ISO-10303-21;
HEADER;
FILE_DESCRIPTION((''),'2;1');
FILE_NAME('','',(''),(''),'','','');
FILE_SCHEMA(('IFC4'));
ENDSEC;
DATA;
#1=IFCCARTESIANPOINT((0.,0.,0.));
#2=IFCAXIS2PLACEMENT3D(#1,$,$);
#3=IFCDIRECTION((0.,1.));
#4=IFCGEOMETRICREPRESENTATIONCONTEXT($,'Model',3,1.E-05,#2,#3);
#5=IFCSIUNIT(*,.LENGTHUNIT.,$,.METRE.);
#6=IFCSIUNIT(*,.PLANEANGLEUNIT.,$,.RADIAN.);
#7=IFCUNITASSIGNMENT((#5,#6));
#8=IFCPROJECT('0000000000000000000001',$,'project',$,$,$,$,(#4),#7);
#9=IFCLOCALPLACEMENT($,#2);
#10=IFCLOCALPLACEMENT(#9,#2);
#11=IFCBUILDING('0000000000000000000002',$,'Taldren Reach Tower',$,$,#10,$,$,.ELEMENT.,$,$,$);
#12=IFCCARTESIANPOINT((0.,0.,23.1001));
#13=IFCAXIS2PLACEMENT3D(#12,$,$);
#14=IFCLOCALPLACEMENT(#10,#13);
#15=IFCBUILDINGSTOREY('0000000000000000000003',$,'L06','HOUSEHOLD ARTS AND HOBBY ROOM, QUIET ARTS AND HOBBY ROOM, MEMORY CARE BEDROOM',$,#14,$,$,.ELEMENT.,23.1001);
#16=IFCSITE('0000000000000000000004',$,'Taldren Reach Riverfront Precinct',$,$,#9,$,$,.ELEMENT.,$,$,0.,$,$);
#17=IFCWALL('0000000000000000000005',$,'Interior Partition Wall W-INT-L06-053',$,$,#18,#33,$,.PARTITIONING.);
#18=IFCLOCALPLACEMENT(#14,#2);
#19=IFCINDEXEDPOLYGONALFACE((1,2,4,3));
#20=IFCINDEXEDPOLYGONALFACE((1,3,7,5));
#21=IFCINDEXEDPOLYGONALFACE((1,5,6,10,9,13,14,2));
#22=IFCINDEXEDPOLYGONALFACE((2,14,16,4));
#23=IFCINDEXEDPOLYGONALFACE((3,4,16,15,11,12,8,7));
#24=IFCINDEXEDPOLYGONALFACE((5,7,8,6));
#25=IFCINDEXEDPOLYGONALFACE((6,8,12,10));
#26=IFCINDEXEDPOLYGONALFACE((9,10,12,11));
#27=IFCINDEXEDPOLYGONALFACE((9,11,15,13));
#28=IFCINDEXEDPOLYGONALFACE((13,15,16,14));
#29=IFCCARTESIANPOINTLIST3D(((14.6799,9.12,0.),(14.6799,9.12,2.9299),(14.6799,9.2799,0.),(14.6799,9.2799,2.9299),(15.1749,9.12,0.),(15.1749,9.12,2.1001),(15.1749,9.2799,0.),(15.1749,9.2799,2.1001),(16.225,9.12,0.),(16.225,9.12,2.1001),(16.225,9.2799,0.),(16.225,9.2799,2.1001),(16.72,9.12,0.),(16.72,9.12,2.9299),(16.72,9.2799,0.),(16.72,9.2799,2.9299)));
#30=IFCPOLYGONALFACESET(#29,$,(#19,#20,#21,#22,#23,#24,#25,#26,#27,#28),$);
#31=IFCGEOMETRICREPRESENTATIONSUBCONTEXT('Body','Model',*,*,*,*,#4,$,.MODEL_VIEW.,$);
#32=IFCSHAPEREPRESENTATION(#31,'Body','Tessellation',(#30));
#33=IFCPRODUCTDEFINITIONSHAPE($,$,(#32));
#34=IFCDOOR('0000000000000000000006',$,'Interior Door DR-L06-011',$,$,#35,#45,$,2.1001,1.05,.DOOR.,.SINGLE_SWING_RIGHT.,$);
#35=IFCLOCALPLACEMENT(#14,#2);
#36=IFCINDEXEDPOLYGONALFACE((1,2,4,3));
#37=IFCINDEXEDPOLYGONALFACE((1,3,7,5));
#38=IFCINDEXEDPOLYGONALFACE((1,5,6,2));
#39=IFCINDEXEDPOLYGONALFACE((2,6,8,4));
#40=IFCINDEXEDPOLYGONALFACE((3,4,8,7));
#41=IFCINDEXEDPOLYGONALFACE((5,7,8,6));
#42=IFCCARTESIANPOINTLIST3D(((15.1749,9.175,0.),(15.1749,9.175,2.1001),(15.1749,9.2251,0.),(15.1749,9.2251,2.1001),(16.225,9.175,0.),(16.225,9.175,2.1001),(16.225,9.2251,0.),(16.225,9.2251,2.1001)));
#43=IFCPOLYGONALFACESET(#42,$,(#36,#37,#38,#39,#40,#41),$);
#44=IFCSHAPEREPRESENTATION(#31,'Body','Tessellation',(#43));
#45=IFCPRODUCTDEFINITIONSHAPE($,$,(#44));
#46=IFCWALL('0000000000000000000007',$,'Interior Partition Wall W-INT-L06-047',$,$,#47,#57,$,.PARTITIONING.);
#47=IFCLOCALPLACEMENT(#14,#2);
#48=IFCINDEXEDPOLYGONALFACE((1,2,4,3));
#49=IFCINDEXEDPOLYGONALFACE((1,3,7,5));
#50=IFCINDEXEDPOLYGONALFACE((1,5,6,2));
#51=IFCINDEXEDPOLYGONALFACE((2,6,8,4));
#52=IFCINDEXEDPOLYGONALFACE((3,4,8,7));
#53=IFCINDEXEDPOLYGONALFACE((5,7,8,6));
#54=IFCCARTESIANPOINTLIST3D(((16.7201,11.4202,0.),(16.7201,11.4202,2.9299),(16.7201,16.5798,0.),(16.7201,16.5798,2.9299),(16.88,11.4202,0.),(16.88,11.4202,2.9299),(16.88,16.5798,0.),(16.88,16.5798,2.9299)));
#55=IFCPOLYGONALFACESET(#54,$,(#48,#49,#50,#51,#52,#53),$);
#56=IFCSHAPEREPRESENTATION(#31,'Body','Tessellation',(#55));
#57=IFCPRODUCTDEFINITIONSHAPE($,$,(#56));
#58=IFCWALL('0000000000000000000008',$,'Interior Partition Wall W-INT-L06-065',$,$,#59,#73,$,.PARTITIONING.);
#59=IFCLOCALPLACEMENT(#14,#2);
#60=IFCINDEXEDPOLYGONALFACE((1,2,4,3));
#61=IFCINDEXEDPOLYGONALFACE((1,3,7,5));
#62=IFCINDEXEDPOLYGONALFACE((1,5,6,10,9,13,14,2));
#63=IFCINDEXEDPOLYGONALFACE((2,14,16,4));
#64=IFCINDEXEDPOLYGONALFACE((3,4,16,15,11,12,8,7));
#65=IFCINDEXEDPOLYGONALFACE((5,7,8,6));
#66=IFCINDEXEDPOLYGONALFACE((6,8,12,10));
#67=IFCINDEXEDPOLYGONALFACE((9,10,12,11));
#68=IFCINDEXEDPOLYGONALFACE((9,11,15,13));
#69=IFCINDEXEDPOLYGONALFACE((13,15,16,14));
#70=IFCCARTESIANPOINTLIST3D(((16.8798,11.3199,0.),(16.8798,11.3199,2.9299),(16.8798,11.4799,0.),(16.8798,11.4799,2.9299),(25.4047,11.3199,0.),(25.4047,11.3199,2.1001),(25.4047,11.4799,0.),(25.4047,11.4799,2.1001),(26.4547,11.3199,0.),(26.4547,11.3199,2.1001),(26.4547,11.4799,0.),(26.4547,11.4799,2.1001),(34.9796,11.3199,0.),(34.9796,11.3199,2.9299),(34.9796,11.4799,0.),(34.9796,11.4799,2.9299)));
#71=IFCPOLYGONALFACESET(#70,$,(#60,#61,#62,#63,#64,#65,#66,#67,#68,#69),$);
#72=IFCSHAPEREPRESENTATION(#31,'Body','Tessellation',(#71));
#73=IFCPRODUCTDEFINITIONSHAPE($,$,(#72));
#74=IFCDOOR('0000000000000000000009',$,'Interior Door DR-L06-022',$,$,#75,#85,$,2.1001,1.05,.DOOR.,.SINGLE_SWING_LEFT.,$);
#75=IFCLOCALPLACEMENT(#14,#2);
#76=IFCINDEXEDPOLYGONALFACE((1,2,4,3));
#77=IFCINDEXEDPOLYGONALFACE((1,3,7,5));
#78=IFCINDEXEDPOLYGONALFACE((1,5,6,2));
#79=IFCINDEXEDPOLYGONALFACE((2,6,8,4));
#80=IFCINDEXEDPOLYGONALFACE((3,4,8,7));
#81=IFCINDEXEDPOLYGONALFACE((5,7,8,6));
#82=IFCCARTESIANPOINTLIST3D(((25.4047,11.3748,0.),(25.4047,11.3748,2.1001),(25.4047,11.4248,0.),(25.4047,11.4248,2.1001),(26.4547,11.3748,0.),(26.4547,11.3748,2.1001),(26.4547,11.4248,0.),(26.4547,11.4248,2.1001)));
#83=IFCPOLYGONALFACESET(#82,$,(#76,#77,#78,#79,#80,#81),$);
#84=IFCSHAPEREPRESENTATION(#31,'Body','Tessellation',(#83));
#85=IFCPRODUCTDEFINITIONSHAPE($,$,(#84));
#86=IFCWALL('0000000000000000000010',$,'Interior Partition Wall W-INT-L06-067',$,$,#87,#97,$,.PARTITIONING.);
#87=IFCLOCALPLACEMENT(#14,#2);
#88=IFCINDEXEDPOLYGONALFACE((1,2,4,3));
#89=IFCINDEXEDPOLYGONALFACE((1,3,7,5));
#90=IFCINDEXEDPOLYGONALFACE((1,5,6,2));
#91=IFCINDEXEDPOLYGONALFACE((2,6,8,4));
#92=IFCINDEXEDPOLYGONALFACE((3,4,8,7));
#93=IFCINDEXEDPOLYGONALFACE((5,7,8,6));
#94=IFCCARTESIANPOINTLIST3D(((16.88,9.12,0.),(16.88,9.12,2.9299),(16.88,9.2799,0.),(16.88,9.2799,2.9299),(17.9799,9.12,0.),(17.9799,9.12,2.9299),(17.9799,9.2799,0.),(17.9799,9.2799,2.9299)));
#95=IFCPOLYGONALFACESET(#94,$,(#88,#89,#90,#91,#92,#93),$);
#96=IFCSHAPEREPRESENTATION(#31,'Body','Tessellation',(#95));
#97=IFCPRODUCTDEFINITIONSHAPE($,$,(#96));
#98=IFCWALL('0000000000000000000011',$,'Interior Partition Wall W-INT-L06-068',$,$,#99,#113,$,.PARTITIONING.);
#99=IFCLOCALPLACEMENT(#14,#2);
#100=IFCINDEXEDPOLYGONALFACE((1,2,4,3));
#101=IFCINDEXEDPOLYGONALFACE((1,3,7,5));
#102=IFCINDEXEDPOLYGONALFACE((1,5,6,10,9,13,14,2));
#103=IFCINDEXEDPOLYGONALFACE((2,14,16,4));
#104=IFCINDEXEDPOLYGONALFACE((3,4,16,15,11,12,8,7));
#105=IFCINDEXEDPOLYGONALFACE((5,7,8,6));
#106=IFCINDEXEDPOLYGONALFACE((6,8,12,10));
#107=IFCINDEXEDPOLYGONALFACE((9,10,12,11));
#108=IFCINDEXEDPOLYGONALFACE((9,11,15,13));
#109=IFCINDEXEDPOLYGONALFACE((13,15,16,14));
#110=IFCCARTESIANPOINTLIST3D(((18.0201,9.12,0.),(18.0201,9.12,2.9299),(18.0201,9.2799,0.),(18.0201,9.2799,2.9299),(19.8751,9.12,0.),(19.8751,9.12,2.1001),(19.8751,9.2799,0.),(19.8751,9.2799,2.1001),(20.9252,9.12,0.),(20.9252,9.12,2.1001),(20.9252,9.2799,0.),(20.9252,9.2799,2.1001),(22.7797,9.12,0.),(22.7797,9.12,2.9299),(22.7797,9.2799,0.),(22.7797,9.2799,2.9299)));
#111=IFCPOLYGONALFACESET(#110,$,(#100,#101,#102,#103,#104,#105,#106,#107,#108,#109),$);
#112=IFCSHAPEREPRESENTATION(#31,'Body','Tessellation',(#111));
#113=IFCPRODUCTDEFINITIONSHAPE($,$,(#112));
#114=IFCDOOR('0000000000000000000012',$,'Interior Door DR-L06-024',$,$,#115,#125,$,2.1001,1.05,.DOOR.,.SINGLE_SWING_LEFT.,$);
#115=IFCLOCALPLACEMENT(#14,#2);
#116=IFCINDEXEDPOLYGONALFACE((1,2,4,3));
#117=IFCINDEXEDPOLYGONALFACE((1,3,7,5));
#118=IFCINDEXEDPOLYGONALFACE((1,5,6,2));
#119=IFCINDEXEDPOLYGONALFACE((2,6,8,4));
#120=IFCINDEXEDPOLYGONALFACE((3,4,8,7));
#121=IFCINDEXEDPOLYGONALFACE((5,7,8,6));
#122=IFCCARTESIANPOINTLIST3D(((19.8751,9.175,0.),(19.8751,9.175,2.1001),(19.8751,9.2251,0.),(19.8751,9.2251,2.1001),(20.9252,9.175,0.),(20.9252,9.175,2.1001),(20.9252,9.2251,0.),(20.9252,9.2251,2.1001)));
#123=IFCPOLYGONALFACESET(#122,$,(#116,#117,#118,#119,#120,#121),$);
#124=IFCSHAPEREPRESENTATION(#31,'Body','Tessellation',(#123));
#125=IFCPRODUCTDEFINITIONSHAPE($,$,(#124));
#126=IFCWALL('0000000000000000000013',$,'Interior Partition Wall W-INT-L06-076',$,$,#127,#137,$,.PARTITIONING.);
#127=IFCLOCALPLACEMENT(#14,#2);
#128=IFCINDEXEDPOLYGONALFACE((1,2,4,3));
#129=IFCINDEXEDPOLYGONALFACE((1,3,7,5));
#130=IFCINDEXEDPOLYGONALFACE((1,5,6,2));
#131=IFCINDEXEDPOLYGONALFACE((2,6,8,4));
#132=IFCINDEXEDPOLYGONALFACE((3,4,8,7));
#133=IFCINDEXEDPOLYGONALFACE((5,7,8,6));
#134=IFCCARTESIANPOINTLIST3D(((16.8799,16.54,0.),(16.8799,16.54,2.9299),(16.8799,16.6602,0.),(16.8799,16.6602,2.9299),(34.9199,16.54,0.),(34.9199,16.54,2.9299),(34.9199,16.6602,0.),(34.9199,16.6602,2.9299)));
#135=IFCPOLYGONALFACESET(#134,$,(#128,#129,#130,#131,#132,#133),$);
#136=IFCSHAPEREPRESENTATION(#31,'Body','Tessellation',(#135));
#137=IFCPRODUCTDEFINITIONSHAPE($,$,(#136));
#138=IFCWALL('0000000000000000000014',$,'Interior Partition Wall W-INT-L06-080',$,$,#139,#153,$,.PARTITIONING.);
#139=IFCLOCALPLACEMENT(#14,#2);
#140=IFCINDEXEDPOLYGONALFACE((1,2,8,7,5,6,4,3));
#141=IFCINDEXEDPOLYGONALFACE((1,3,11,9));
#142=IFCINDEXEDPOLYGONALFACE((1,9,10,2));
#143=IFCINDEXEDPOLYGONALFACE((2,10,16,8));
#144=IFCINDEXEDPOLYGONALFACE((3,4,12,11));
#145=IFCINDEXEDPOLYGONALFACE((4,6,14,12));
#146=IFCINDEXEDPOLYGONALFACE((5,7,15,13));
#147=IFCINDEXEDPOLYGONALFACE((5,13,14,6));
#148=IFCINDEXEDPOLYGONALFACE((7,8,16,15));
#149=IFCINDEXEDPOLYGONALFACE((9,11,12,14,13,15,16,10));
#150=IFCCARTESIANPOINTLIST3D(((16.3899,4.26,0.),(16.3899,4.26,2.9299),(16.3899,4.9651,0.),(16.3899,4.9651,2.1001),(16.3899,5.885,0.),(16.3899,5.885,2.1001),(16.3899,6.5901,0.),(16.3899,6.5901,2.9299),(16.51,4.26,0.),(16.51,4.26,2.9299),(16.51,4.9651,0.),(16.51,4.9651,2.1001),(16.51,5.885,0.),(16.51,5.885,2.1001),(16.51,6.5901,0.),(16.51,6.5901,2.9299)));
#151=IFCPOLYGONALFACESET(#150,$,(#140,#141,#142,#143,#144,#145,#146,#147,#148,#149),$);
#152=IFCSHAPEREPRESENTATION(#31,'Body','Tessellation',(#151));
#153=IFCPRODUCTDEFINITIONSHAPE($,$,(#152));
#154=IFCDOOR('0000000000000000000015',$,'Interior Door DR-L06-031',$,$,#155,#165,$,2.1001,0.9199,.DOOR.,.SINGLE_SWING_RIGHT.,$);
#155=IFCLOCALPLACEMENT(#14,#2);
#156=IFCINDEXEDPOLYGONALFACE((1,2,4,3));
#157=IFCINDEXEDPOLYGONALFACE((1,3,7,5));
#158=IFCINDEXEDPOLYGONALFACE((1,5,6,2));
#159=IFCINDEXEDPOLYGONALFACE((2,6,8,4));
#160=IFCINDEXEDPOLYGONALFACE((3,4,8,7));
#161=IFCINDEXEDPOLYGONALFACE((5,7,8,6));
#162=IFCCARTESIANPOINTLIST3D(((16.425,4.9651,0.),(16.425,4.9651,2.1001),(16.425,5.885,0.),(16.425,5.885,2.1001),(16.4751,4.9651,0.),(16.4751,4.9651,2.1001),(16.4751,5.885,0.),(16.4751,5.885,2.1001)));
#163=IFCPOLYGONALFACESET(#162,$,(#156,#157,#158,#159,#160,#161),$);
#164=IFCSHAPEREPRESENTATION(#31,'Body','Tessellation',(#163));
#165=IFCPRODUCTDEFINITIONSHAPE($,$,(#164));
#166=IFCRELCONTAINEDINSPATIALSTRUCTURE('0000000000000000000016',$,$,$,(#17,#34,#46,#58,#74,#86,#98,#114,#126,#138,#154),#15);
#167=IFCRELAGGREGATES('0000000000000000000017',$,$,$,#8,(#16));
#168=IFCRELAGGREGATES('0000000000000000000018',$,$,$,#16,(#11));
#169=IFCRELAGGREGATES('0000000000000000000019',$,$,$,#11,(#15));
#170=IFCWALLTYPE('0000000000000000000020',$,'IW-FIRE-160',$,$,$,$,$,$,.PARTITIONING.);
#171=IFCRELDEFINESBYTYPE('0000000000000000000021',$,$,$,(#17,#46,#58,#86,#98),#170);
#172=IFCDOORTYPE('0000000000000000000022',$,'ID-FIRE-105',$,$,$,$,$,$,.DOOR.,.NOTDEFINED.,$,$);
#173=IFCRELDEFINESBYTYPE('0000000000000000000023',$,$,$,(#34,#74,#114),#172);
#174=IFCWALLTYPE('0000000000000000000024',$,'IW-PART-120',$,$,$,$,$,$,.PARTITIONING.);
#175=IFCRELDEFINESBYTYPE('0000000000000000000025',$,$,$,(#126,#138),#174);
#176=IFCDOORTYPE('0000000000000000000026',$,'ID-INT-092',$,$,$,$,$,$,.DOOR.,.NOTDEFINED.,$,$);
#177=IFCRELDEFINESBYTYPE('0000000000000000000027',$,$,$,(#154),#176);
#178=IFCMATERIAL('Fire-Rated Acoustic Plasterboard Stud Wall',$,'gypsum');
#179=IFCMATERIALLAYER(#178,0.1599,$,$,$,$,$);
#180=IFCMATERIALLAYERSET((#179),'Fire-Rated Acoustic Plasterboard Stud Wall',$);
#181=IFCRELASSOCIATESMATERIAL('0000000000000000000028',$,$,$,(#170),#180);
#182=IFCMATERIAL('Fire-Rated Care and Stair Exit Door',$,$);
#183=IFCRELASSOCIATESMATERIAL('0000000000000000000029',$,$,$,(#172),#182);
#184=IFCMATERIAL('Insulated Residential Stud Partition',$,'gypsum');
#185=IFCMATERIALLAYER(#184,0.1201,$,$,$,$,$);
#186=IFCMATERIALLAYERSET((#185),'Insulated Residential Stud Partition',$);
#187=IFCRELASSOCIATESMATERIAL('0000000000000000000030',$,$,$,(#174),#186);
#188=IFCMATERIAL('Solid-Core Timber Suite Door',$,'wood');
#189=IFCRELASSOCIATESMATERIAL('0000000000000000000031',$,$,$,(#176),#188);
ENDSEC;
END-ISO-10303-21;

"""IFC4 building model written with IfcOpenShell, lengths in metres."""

from ifc_helpers import new_model, si_unit, direction, frame, frame_2d, origin, place, context, subcontext, project, spatial, rectangle, extrude, source, transform, mapped, material, layer, layer_set, type_object, element, fill, save


model = new_model("IFC4")

# Units and contexts
model_context = context("Model", 3, precision=1e-05, world=origin(), true_north=direction((0.0, 1.0)))
body_context = subcontext(model_context, "Body", "Model", "MODEL_VIEW")
ifc_project = project(units=[si_unit("LENGTHUNIT", "METRE"), si_unit("PLANEANGLEUNIT", "RADIAN")], contexts=[model_context])

# Site, building, storey
site_placement = place(None, origin())
site = spatial("IfcSite", under=ifc_project, at=site_placement, Name="Taldren Reach Riverfront Precinct", CompositionType="ELEMENT", RefElevation=0.0)
building_placement = place(site_placement, origin())
building = spatial("IfcBuilding", under=site, at=building_placement, Name="Taldren Reach Tower", CompositionType="ELEMENT")
storey_placement = place(building_placement, frame((0.0, 0.0, 23.1001)))
storey = spatial("IfcBuildingStorey", under=building, at=storey_placement, Name="L06", Description="HOUSEHOLD ARTS AND HOBBY ROOM, QUIET ARTS AND HOBBY ROOM, MEMORY CARE BEDROOM", CompositionType="ELEMENT", Elevation=23.1001)

# Wall, opening, door
ifc_material_1 = material(Name="Fire-Rated Acoustic Plasterboard Stud Wall", Category="gypsum")
ifc_layer_1 = layer(ifc_material_1, 0.1599)
ifc_layer_set_1 = layer_set([ifc_layer_1], Name="Fire-Rated Acoustic Plasterboard Stud Wall")
wall_type_1 = type_object("IfcWallType", Name="IW-FIRE-160", PredefinedType="PARTITIONING", material=ifc_layer_set_1)
shared_shape_1 = source(origin(), body_context, "Body", "SweptSolid", [
    extrude(rectangle(XDim=2.04, YDim=0.1599, at=frame_2d((1.02, 0.0))), origin(), (0.0, 0.0, 1.0), 2.9299),
])
wall_1_placement = place(storey_placement, frame((16.72, 9.2, 0.0), z_axis=(0.0, 0.0, 1.0), x_axis=(-1.0, 0.0, 0.0)))
wall_1 = element("IfcWall", 1, at=wall_1_placement, inside=storey, type_object=wall_type_1, Name="Interior Partition Wall W-INT-L06-053", PredefinedType="PARTITIONING", context=body_context, shape_type="MappedRepresentation", body=[
    mapped(shared_shape_1, transform((0.0, 0.0, 0.0), scale=1.0)),
])
shared_shape_2 = source(origin(), body_context, "Body", "SweptSolid", [
    extrude(rectangle(XDim=1.05, YDim=2.1001, at=frame_2d((0.5249, 1.05))), frame((0.0, 0.0898, 0.0), z_axis=(0.0, -1.0, 0.0), x_axis=(1.0, 0.0, 0.0)), (0.0, 0.0, 1.0), 0.1799),
])
opening_1_placement = place(wall_1_placement, frame((0.4951, 0.0, 0.0)))
opening_1 = element("IfcOpeningElement", 2, at=opening_1_placement, cuts=wall_1, PredefinedType="OPENING", context=body_context, shape_type="MappedRepresentation", body=[
    mapped(shared_shape_2, transform((0.0, 0.0, 0.0), scale=1.0)),
])
ifc_material_2 = material(Name="Fire-Rated Care and Stair Exit Door")
door_type_1 = type_object("IfcDoorType", Name="ID-FIRE-105", OperationType="NOTDEFINED", PredefinedType="DOOR", material=ifc_material_2)
shared_shape_3 = source(origin(), body_context, "Body", "SweptSolid", [
    extrude(rectangle(XDim=1.05, YDim=2.1001, at=frame_2d((0.5249, 1.05))), frame((0.0, 0.0249, 0.0), z_axis=(0.0, -1.0, 0.0), x_axis=(1.0, 0.0, 0.0)), (0.0, 0.0, 1.0), 0.05),
])
door_1_placement = place(opening_1_placement, origin())
door_1 = element("IfcDoor", 3, at=door_1_placement, inside=storey, type_object=door_type_1, Name="Interior Door DR-L06-011", OperationType="SINGLE_SWING_RIGHT", OverallHeight=2.1001, OverallWidth=1.05, PredefinedType="DOOR", context=body_context, shape_type="MappedRepresentation", body=[
    mapped(shared_shape_3, transform((0.0, 0.0, 0.0), scale=1.0)),
])
fill(opening_1, door_1)

# Wall
shared_shape_4 = source(origin(), body_context, "Body", "SweptSolid", [
    extrude(rectangle(XDim=5.1597, YDim=0.1599, at=frame_2d((2.5798, 0.0))), origin(), (0.0, 0.0, 1.0), 2.9299),
])
wall_2_placement = place(storey_placement, frame((16.8, 16.5798, 0.0), z_axis=(0.0, 0.0, 1.0), x_axis=(0.0, -1.0, 0.0)))
element("IfcWall", 4, at=wall_2_placement, inside=storey, type_object=wall_type_1, Name="Interior Partition Wall W-INT-L06-047", PredefinedType="PARTITIONING", context=body_context, shape_type="MappedRepresentation", body=[
    mapped(shared_shape_4, transform((0.0, 0.0, 0.0), scale=1.0)),
])

# Wall, opening, door
shared_shape_5 = source(origin(), body_context, "Body", "SweptSolid", [
    extrude(rectangle(XDim=18.0999, YDim=0.1599, at=frame_2d((9.0498, 0.0))), origin(), (0.0, 0.0, 1.0), 2.9299),
])
wall_3_placement = place(storey_placement, frame((16.8799, 11.3999, 0.0), z_axis=(0.0, 0.0, 1.0), x_axis=(1.0, 0.0, 0.0)))
wall_3 = element("IfcWall", 5, at=wall_3_placement, inside=storey, type_object=wall_type_1, Name="Interior Partition Wall W-INT-L06-065", PredefinedType="PARTITIONING", context=body_context, shape_type="MappedRepresentation", body=[
    mapped(shared_shape_5, transform((0.0, 0.0, 0.0), scale=1.0)),
])
opening_2_placement = place(wall_3_placement, frame((8.5249, 0.0, 0.0)))
opening_2 = element("IfcOpeningElement", 6, at=opening_2_placement, cuts=wall_3, PredefinedType="OPENING", context=body_context, shape_type="MappedRepresentation", body=[
    mapped(shared_shape_2, transform((0.0, 0.0, 0.0), scale=1.0)),
])
door_2_placement = place(opening_2_placement, origin())
door_2 = element("IfcDoor", 7, at=door_2_placement, inside=storey, type_object=door_type_1, Name="Interior Door DR-L06-022", OperationType="SINGLE_SWING_LEFT", OverallHeight=2.1001, OverallWidth=1.05, PredefinedType="DOOR", context=body_context, shape_type="MappedRepresentation", body=[
    mapped(shared_shape_3, transform((0.0, 0.0, 0.0), scale=1.0)),
])
fill(opening_2, door_2)

# Wall
shared_shape_6 = source(origin(), body_context, "Body", "SweptSolid", [
    extrude(rectangle(XDim=1.0999, YDim=0.1599, at=frame_2d((0.5498, 0.0))), origin(), (0.0, 0.0, 1.0), 2.9299),
])
wall_4_placement = place(storey_placement, frame((17.9797, 9.2, 0.0), z_axis=(0.0, 0.0, 1.0), x_axis=(-1.0, 0.0, 0.0)))
element("IfcWall", 8, at=wall_4_placement, inside=storey, type_object=wall_type_1, Name="Interior Partition Wall W-INT-L06-067", PredefinedType="PARTITIONING", context=body_context, shape_type="MappedRepresentation", body=[
    mapped(shared_shape_6, transform((0.0, 0.0, 0.0), scale=1.0)),
])

# Wall, opening, door
shared_shape_7 = source(origin(), body_context, "Body", "SweptSolid", [
    extrude(rectangle(XDim=4.7595, YDim=0.1599, at=frame_2d((2.3799, 0.0))), origin(), (0.0, 0.0, 1.0), 2.9299),
])
wall_5_placement = place(storey_placement, frame((22.7798, 9.2, 0.0), z_axis=(0.0, 0.0, 1.0), x_axis=(-1.0, 0.0, 0.0)))
wall_5 = element("IfcWall", 9, at=wall_5_placement, inside=storey, type_object=wall_type_1, Name="Interior Partition Wall W-INT-L06-068", PredefinedType="PARTITIONING", context=body_context, shape_type="MappedRepresentation", body=[
    mapped(shared_shape_7, transform((0.0, 0.0, 0.0), scale=1.0)),
])
opening_3_placement = place(wall_5_placement, frame((1.8547, 0.0, 0.0)))
opening_3 = element("IfcOpeningElement", 10, at=opening_3_placement, cuts=wall_5, PredefinedType="OPENING", context=body_context, shape_type="MappedRepresentation", body=[
    mapped(shared_shape_2, transform((0.0, 0.0, 0.0), scale=1.0)),
])
door_3_placement = place(opening_3_placement, origin())
door_3 = element("IfcDoor", 11, at=door_3_placement, inside=storey, type_object=door_type_1, Name="Interior Door DR-L06-024", OperationType="SINGLE_SWING_LEFT", OverallHeight=2.1001, OverallWidth=1.05, PredefinedType="DOOR", context=body_context, shape_type="MappedRepresentation", body=[
    mapped(shared_shape_3, transform((0.0, 0.0, 0.0), scale=1.0)),
])
fill(opening_3, door_3)

# Wall
ifc_material_3 = material(Name="Insulated Residential Stud Partition", Category="gypsum")
ifc_layer_2 = layer(ifc_material_3, 0.1201)
ifc_layer_set_2 = layer_set([ifc_layer_2], Name="Insulated Residential Stud Partition")
wall_type_2 = type_object("IfcWallType", Name="IW-PART-120", PredefinedType="PARTITIONING", material=ifc_layer_set_2)
shared_shape_8 = source(origin(), body_context, "Body", "SweptSolid", [
    extrude(rectangle(XDim=18.04, YDim=0.1201, at=frame_2d((9.02, 0.0))), origin(), (0.0, 0.0, 1.0), 2.9299),
])
wall_6_placement = place(storey_placement, frame((16.8799, 16.6001, 0.0), z_axis=(0.0, 0.0, 1.0), x_axis=(1.0, 0.0, 0.0)))
element("IfcWall", 12, at=wall_6_placement, inside=storey, type_object=wall_type_2, Name="Interior Partition Wall W-INT-L06-076", PredefinedType="PARTITIONING", context=body_context, shape_type="MappedRepresentation", body=[
    mapped(shared_shape_8, transform((0.0, 0.0, 0.0), scale=1.0)),
])

# Wall, opening, door
shared_shape_9 = source(origin(), body_context, "Body", "SweptSolid", [
    extrude(rectangle(XDim=2.3301, YDim=0.1201, at=frame_2d((1.165, 0.0))), origin(), (0.0, 0.0, 1.0), 2.9299),
])
wall_7_placement = place(storey_placement, frame((16.45, 4.26, 0.0), z_axis=(0.0, 0.0, 1.0), x_axis=(0.0, 1.0, 0.0)))
wall_7 = element("IfcWall", 13, at=wall_7_placement, inside=storey, type_object=wall_type_2, Name="Interior Partition Wall W-INT-L06-080", PredefinedType="PARTITIONING", context=body_context, shape_type="MappedRepresentation", body=[
    mapped(shared_shape_9, transform((0.0, 0.0, 0.0), scale=1.0)),
])
shared_shape_10 = source(origin(), body_context, "Body", "SweptSolid", [
    extrude(rectangle(XDim=0.9199, YDim=2.1001, at=frame_2d((0.46, 1.05))), frame((0.0, 0.0701, 0.0), z_axis=(0.0, -1.0, 0.0), x_axis=(1.0, 0.0, 0.0)), (0.0, 0.0, 1.0), 0.1401),
])
opening_4_placement = place(wall_7_placement, frame((0.7051, 0.0, 0.0)))
opening_4 = element("IfcOpeningElement", 14, at=opening_4_placement, cuts=wall_7, PredefinedType="OPENING", context=body_context, shape_type="MappedRepresentation", body=[
    mapped(shared_shape_10, transform((0.0, 0.0, 0.0), scale=1.0)),
])
ifc_material_4 = material(Name="Solid-Core Timber Suite Door", Category="wood")
door_type_2 = type_object("IfcDoorType", Name="ID-INT-092", OperationType="NOTDEFINED", PredefinedType="DOOR", material=ifc_material_4)
shared_shape_11 = source(origin(), body_context, "Body", "SweptSolid", [
    extrude(rectangle(XDim=0.9199, YDim=2.1001, at=frame_2d((0.46, 1.05))), frame((0.0, 0.0249, 0.0), z_axis=(0.0, -1.0, 0.0), x_axis=(1.0, 0.0, 0.0)), (0.0, 0.0, 1.0), 0.05),
])
door_4_placement = place(opening_4_placement, origin())
door_4 = element("IfcDoor", 15, at=door_4_placement, inside=storey, type_object=door_type_2, Name="Interior Door DR-L06-031", OperationType="SINGLE_SWING_RIGHT", OverallHeight=2.1001, OverallWidth=0.9199, PredefinedType="DOOR", context=body_context, shape_type="MappedRepresentation", body=[
    mapped(shared_shape_11, transform((0.0, 0.0, 0.0), scale=1.0)),
])
fill(opening_4, door_4)

save(model, "model.ifc")
